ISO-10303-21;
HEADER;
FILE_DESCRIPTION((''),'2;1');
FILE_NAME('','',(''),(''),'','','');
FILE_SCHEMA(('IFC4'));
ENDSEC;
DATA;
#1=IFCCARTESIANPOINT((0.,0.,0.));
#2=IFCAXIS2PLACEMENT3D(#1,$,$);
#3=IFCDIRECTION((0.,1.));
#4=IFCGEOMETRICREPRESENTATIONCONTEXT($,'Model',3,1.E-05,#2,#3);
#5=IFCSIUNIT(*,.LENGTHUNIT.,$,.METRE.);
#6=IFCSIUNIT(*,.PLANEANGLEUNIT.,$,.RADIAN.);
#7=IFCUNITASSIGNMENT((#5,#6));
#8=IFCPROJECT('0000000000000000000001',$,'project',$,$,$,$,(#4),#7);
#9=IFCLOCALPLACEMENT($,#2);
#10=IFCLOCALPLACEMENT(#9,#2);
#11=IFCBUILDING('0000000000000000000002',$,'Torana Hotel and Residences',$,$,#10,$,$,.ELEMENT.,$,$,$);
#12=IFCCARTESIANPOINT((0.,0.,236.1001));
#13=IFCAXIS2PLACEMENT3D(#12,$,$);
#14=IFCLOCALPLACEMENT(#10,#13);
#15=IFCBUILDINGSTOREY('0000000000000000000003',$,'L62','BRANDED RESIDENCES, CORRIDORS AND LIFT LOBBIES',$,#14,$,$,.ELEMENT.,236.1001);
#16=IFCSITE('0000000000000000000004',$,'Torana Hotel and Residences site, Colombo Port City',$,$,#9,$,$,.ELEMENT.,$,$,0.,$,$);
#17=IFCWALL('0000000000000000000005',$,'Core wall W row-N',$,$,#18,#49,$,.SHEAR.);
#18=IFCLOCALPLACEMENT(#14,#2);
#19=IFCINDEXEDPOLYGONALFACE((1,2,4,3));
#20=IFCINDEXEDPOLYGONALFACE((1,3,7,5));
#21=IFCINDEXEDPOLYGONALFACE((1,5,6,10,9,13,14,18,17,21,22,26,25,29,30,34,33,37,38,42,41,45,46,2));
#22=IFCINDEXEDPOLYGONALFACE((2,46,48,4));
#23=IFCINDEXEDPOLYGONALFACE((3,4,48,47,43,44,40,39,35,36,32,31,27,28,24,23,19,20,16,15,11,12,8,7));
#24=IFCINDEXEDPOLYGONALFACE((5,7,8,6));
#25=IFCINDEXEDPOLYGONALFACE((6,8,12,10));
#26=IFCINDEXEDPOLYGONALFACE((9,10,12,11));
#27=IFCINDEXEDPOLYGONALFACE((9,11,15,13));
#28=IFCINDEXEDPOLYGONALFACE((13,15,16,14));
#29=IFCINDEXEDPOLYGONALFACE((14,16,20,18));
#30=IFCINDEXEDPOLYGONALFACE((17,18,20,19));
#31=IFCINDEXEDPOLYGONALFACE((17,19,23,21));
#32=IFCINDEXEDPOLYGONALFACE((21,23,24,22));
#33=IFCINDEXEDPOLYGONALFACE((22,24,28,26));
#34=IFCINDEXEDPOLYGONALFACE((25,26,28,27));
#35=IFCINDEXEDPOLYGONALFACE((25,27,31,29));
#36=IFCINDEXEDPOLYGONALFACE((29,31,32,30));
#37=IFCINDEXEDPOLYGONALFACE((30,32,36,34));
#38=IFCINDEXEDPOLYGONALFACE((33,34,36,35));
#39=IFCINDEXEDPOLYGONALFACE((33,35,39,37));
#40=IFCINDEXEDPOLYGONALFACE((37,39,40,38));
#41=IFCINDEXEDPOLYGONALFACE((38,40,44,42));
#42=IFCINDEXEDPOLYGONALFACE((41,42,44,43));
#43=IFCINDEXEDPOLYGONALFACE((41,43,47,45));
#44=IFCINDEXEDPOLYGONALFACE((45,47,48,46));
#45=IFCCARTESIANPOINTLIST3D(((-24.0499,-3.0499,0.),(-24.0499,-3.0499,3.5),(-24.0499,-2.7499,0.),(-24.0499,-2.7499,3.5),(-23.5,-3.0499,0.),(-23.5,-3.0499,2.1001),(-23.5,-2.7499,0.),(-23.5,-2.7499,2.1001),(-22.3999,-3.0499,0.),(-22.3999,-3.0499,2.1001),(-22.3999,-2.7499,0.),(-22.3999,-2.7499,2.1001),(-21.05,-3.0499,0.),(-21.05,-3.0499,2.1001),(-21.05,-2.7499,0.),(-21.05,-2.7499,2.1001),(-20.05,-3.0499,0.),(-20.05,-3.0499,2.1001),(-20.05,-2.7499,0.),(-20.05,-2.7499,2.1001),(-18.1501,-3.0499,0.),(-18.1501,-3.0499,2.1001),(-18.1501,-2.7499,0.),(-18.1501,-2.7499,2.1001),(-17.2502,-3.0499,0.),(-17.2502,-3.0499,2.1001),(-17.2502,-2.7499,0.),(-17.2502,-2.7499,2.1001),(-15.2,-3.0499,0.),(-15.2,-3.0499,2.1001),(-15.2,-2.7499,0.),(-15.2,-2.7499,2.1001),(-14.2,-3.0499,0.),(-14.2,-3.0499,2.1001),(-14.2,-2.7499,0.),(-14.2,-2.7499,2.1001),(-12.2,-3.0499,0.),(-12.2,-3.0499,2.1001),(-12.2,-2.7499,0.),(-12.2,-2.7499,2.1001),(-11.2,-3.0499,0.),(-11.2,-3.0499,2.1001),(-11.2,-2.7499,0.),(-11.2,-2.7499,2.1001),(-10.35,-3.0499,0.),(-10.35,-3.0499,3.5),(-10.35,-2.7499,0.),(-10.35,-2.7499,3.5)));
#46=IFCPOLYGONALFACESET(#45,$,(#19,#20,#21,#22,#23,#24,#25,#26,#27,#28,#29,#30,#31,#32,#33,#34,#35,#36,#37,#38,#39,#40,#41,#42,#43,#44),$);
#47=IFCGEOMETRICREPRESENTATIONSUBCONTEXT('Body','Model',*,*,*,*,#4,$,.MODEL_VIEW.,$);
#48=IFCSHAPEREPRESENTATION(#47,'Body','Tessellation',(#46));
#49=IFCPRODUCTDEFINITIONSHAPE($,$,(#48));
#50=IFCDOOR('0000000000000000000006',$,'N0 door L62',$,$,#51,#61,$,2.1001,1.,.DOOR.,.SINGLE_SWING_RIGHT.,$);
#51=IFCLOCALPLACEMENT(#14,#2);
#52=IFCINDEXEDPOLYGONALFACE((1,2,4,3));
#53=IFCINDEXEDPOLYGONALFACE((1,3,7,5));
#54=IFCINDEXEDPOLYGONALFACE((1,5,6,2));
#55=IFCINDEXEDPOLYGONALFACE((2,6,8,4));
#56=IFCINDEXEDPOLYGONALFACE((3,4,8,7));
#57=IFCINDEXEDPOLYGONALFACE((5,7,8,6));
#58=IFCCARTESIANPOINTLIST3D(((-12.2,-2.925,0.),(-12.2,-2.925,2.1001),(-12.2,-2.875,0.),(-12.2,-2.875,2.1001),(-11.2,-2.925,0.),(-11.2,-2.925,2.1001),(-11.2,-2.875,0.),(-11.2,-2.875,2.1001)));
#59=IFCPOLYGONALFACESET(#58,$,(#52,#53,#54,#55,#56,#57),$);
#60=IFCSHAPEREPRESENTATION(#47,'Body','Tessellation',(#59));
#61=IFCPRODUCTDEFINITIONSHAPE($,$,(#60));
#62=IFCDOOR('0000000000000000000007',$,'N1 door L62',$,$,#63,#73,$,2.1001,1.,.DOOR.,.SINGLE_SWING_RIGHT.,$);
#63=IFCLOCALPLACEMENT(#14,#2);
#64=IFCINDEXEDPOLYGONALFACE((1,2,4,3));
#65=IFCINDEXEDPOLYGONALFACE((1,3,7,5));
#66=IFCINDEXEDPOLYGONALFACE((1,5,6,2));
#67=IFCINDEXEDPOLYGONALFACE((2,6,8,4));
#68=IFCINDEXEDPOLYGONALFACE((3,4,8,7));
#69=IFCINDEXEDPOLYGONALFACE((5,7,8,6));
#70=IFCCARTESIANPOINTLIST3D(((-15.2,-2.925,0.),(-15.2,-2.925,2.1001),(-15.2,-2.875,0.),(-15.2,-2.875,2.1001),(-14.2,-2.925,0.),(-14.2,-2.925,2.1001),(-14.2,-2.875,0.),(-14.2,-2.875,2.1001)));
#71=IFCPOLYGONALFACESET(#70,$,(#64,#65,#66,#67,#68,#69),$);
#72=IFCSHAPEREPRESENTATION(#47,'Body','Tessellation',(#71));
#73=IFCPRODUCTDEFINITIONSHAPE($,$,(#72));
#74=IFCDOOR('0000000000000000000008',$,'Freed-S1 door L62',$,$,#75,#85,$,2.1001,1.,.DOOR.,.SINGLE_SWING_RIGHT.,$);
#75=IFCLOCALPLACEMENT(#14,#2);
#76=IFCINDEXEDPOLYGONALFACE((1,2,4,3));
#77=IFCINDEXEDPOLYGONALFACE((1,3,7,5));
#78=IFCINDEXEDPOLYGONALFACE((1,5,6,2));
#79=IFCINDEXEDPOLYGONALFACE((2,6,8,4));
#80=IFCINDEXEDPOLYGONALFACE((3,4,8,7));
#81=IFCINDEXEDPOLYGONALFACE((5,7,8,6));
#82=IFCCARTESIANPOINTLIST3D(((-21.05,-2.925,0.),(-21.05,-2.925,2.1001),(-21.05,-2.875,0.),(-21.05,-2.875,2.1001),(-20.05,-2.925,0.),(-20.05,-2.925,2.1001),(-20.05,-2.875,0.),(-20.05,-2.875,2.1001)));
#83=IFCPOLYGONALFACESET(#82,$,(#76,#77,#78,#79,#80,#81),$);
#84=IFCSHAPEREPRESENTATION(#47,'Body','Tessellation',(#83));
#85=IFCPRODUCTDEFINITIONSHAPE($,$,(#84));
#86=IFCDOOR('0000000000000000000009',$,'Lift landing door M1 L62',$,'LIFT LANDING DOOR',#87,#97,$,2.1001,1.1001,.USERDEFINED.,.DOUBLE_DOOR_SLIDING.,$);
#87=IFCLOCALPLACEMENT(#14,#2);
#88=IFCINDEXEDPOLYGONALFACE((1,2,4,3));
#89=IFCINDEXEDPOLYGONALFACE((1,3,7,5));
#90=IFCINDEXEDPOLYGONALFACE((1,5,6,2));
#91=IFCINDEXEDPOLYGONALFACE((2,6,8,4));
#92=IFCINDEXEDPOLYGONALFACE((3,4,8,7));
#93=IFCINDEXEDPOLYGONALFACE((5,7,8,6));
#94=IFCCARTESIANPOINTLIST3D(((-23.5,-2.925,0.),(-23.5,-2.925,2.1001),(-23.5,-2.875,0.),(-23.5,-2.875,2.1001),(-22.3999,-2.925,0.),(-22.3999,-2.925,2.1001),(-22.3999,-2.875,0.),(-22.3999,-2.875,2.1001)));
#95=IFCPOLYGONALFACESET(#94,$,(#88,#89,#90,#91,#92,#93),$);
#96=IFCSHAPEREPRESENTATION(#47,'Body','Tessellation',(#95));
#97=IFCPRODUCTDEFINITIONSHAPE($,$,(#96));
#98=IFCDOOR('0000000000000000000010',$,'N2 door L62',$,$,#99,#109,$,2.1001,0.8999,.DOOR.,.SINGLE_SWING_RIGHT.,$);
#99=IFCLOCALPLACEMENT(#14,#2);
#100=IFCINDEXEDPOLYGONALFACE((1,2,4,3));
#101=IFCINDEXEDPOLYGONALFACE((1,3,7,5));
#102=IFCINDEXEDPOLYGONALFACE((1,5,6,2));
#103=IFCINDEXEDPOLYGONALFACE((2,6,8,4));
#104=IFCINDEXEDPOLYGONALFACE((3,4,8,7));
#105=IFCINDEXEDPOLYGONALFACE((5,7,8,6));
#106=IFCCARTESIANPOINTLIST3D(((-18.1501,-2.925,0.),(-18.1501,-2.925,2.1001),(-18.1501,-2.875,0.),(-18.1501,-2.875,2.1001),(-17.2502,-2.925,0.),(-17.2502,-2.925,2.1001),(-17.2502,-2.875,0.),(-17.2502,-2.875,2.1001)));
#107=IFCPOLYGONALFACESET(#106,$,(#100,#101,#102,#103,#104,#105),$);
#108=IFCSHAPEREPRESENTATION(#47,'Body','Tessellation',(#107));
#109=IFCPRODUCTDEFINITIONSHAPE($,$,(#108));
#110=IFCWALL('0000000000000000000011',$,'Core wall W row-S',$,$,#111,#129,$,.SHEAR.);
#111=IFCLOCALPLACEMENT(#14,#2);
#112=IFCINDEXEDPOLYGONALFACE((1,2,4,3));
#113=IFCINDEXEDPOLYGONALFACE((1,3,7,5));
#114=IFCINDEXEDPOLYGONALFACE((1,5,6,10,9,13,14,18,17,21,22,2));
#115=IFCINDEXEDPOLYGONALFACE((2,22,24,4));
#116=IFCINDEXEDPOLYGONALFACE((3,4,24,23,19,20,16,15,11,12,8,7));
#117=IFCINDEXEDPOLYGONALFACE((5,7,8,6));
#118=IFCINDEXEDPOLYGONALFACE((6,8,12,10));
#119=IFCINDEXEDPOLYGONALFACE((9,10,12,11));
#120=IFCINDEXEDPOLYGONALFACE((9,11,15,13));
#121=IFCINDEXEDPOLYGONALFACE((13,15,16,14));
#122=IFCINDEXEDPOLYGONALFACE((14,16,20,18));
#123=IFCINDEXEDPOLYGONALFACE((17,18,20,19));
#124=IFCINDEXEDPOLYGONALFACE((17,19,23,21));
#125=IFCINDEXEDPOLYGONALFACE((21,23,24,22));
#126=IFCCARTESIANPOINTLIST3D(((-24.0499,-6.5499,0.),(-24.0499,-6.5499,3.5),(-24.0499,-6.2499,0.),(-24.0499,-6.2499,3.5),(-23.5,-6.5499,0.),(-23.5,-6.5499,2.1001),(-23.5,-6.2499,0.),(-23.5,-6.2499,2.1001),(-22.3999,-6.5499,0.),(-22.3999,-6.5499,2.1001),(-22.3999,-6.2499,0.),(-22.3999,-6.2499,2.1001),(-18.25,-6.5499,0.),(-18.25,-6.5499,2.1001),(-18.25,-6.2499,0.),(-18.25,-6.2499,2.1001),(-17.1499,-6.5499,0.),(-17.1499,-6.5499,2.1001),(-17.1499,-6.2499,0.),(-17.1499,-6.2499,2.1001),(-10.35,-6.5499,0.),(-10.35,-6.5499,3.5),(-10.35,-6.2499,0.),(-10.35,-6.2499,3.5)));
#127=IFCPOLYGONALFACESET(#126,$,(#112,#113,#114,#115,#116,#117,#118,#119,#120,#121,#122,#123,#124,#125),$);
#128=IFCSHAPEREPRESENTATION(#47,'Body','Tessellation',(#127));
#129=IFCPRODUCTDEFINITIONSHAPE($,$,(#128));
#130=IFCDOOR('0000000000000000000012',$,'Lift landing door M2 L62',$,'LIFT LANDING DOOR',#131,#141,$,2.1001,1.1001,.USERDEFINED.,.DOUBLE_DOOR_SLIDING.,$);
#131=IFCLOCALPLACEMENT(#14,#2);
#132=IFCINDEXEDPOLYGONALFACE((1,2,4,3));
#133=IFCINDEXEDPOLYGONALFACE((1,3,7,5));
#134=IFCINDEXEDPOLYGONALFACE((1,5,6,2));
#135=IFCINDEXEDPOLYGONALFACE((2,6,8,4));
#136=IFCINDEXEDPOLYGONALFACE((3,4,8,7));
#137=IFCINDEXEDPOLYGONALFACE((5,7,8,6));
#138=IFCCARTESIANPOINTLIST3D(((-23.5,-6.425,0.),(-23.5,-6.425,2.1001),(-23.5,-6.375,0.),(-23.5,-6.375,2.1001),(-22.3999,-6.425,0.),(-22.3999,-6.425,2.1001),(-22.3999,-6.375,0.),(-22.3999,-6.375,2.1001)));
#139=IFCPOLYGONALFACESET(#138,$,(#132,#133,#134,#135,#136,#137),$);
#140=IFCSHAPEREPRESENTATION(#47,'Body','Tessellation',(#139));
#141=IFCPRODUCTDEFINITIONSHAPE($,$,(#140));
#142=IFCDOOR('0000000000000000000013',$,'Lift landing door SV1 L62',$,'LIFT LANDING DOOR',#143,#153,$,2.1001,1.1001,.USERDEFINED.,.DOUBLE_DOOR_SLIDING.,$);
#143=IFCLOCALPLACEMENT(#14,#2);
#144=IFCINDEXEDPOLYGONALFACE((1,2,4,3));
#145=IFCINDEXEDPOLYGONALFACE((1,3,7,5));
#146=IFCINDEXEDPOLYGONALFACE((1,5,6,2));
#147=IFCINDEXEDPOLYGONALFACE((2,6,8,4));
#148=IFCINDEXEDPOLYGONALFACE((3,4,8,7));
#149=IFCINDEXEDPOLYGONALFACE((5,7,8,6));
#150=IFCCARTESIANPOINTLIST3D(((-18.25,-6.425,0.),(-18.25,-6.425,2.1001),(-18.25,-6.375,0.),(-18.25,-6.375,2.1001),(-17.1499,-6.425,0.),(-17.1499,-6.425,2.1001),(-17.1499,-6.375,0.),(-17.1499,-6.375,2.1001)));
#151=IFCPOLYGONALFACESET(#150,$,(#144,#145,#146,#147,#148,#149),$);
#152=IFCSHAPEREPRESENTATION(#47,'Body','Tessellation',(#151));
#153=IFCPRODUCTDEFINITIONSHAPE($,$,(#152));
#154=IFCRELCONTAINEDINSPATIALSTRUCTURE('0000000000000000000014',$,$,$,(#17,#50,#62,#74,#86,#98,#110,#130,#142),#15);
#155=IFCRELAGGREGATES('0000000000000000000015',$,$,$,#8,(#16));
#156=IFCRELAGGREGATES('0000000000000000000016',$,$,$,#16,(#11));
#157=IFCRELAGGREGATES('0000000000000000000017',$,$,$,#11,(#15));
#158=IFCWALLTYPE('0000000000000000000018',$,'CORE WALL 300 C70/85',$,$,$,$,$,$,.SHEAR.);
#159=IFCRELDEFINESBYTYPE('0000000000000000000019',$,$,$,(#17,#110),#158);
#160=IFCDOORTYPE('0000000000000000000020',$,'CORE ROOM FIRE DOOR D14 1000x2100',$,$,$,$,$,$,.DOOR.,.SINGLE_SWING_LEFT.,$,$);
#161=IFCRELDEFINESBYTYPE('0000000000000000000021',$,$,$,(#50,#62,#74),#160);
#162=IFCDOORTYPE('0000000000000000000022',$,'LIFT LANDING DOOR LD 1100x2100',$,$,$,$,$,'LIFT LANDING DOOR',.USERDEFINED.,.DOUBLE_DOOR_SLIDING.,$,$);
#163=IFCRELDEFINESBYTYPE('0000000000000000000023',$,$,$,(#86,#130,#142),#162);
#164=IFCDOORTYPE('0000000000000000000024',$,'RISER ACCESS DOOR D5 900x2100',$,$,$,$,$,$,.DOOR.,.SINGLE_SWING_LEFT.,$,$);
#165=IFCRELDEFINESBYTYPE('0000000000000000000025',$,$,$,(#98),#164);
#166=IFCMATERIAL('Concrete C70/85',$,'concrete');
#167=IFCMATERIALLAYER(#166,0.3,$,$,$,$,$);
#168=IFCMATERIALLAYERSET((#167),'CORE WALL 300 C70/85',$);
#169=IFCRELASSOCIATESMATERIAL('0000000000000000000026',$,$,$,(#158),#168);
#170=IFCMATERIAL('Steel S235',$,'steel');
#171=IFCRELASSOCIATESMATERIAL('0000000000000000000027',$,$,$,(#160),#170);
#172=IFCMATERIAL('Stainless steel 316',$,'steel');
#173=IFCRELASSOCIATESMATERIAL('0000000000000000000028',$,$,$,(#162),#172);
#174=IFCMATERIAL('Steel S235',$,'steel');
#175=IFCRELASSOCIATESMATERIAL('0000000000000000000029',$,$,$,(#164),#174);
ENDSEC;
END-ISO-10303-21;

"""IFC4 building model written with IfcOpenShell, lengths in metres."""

from ifc_helpers import new_model, si_unit, direction, frame, frame_2d, origin, place, context, subcontext, project, spatial, rectangle, extrude, material, layer, layer_set, type_object, element, fill, save


model = new_model("IFC4")

# Units and contexts
model_context = context("Model", 3, precision=1e-05, world=origin(), true_north=direction((0.0, 1.0)))
body_context = subcontext(model_context, "Body", "Model", "MODEL_VIEW")
ifc_project = project(units=[si_unit("LENGTHUNIT", "METRE"), si_unit("PLANEANGLEUNIT", "RADIAN")], contexts=[model_context])

# Site, building, storey
site_placement = place(None, origin())
site = spatial("IfcSite", under=ifc_project, at=site_placement, Name="Torana Hotel and Residences site, Colombo Port City", CompositionType="ELEMENT", RefElevation=0.0)
building_placement = place(site_placement, origin())
building = spatial("IfcBuilding", under=site, at=building_placement, Name="Torana Hotel and Residences", CompositionType="ELEMENT")
storey_placement = place(building_placement, frame((0.0, 0.0, 236.1001)))
storey = spatial("IfcBuildingStorey", under=building, at=storey_placement, Name="L62", Description="BRANDED RESIDENCES, CORRIDORS AND LIFT LOBBIES", CompositionType="ELEMENT", Elevation=236.1001)

# Walls, openings, doors
ifc_material_1 = material(Name="Concrete C70/85", Category="concrete")
ifc_layer_1 = layer(ifc_material_1, 0.3)
ifc_layer_set_1 = layer_set([ifc_layer_1], Name="CORE WALL 300 C70/85")
wall_type_1 = type_object("IfcWallType", Name="CORE WALL 300 C70/85", PredefinedType="SHEAR", material=ifc_layer_set_1)
wall_1_placement = place(storey_placement, frame((-24.05, -2.8999, 0.0), z_axis=(0.0, 0.0, 1.0), x_axis=(1.0, 0.0, 0.0)))
wall_1 = element("IfcWall", 1, at=wall_1_placement, inside=storey, type_object=wall_type_1, Name="Core wall W row-N", PredefinedType="SHEAR", context=body_context, shape_type="SweptSolid", body=[
    extrude(rectangle(XDim=13.7, YDim=0.3, at=frame_2d((6.8501, 0.0))), origin(), (0.0, 0.0, 1.0), 3.5),
])
opening_1_placement = place(wall_1_placement, frame((0.55, 0.0, 0.0)))
opening_1 = element("IfcOpeningElement", 2, at=opening_1_placement, cuts=wall_1, PredefinedType="OPENING", context=body_context, shape_type="SweptSolid", body=[
    extrude(rectangle(XDim=1.1001, YDim=2.1001, at=frame_2d((0.55, 1.05))), frame((0.0, 0.1599, 0.0), z_axis=(0.0, -1.0, 0.0), x_axis=(1.0, 0.0, 0.0)), (0.0, 0.0, 1.0), 0.3201),
])
opening_2_placement = place(wall_1_placement, frame((5.8999, 0.0, 0.0)))
opening_2 = element("IfcOpeningElement", 3, at=opening_2_placement, cuts=wall_1, PredefinedType="OPENING", context=body_context, shape_type="SweptSolid", body=[
    extrude(rectangle(XDim=0.8999, YDim=2.1001, at=frame_2d((0.45, 1.05))), frame((0.0, 0.1599, 0.0), z_axis=(0.0, -1.0, 0.0), x_axis=(1.0, 0.0, 0.0)), (0.0, 0.0, 1.0), 0.3201),
])
opening_3_placement = place(wall_1_placement, frame((11.8501, 0.0, 0.0)))
opening_3 = element("IfcOpeningElement", 4, at=opening_3_placement, cuts=wall_1, PredefinedType="OPENING", context=body_context, shape_type="SweptSolid", body=[
    extrude(rectangle(XDim=1.0, YDim=2.1001, at=frame_2d((0.5, 1.05))), frame((0.0, 0.1599, 0.0), z_axis=(0.0, -1.0, 0.0), x_axis=(1.0, 0.0, 0.0)), (0.0, 0.0, 1.0), 0.3201),
])
opening_4_placement = place(wall_1_placement, frame((8.8501, 0.0, 0.0)))
opening_4 = element("IfcOpeningElement", 5, at=opening_4_placement, cuts=wall_1, PredefinedType="OPENING", context=body_context, shape_type="SweptSolid", body=[
    extrude(rectangle(XDim=1.0, YDim=2.1001, at=frame_2d((0.5, 1.05))), frame((0.0, 0.1599, 0.0), z_axis=(0.0, -1.0, 0.0), x_axis=(1.0, 0.0, 0.0)), (0.0, 0.0, 1.0), 0.3201),
])
opening_5_placement = place(wall_1_placement, frame((3.0, 0.0, 0.0)))
opening_5 = element("IfcOpeningElement", 6, at=opening_5_placement, cuts=wall_1, PredefinedType="OPENING", context=body_context, shape_type="SweptSolid", body=[
    extrude(rectangle(XDim=1.0, YDim=2.1001, at=frame_2d((0.5, 1.05))), frame((0.0, 0.1599, 0.0), z_axis=(0.0, -1.0, 0.0), x_axis=(1.0, 0.0, 0.0)), (0.0, 0.0, 1.0), 0.3201),
])
ifc_material_2 = material(Name="Steel S235", Category="steel")
door_type_1 = type_object("IfcDoorType", Name="CORE ROOM FIRE DOOR D14 1000x2100", OperationType="SINGLE_SWING_LEFT", PredefinedType="DOOR", material=ifc_material_2)
door_1_placement = place(opening_3_placement, origin())
door_1 = element("IfcDoor", 7, at=door_1_placement, inside=storey, type_object=door_type_1, Name="N0 door L62", OperationType="SINGLE_SWING_RIGHT", OverallHeight=2.1001, OverallWidth=1.0, PredefinedType="DOOR", context=body_context, shape_type="SweptSolid", body=[
    extrude(rectangle(XDim=1.0, YDim=2.1001, at=frame_2d((0.5, 1.05))), frame((0.0, 0.0249, 0.0), z_axis=(0.0, -1.0, 0.0), x_axis=(1.0, 0.0, 0.0)), (0.0, 0.0, 1.0), 0.05),
])
fill(opening_3, door_1)
door_2_placement = place(opening_4_placement, origin())
door_2 = element("IfcDoor", 8, at=door_2_placement, inside=storey, type_object=door_type_1, Name="N1 door L62", OperationType="SINGLE_SWING_RIGHT", OverallHeight=2.1001, OverallWidth=1.0, PredefinedType="DOOR", context=body_context, shape_type="SweptSolid", body=[
    extrude(rectangle(XDim=1.0, YDim=2.1001, at=frame_2d((0.5, 1.05))), frame((0.0, 0.0249, 0.0), z_axis=(0.0, -1.0, 0.0), x_axis=(1.0, 0.0, 0.0)), (0.0, 0.0, 1.0), 0.05),
])
fill(opening_4, door_2)
door_3_placement = place(opening_5_placement, origin())
door_3 = element("IfcDoor", 9, at=door_3_placement, inside=storey, type_object=door_type_1, Name="Freed-S1 door L62", OperationType="SINGLE_SWING_RIGHT", OverallHeight=2.1001, OverallWidth=1.0, PredefinedType="DOOR", context=body_context, shape_type="SweptSolid", body=[
    extrude(rectangle(XDim=1.0, YDim=2.1001, at=frame_2d((0.5, 1.05))), frame((0.0, 0.0249, 0.0), z_axis=(0.0, -1.0, 0.0), x_axis=(1.0, 0.0, 0.0)), (0.0, 0.0, 1.0), 0.05),
])
fill(opening_5, door_3)
ifc_material_3 = material(Name="Stainless steel 316", Category="steel")
door_type_2 = type_object("IfcDoorType", Name="LIFT LANDING DOOR LD 1100x2100", ElementType="LIFT LANDING DOOR", OperationType="DOUBLE_DOOR_SLIDING", PredefinedType="USERDEFINED", material=ifc_material_3)
door_4_placement = place(opening_1_placement, origin())
door_4 = element("IfcDoor", 10, at=door_4_placement, inside=storey, type_object=door_type_2, Name="Lift landing door M1 L62", ObjectType="LIFT LANDING DOOR", OperationType="DOUBLE_DOOR_SLIDING", OverallHeight=2.1001, OverallWidth=1.1001, PredefinedType="USERDEFINED", context=body_context, shape_type="SweptSolid", body=[
    extrude(rectangle(XDim=1.1001, YDim=2.1001, at=frame_2d((0.55, 1.05))), frame((0.0, 0.0249, 0.0), z_axis=(0.0, -1.0, 0.0), x_axis=(1.0, 0.0, 0.0)), (0.0, 0.0, 1.0), 0.05),
])
fill(opening_1, door_4)
ifc_material_4 = material(Name="Steel S235", Category="steel")
door_type_3 = type_object("IfcDoorType", Name="RISER ACCESS DOOR D5 900x2100", OperationType="SINGLE_SWING_LEFT", PredefinedType="DOOR", material=ifc_material_4)
door_5_placement = place(opening_2_placement, origin())
door_5 = element("IfcDoor", 11, at=door_5_placement, inside=storey, type_object=door_type_3, Name="N2 door L62", OperationType="SINGLE_SWING_RIGHT", OverallHeight=2.1001, OverallWidth=0.8999, PredefinedType="DOOR", context=body_context, shape_type="SweptSolid", body=[
    extrude(rectangle(XDim=0.8999, YDim=2.1001, at=frame_2d((0.45, 1.05))), frame((0.0, 0.0249, 0.0), z_axis=(0.0, -1.0, 0.0), x_axis=(1.0, 0.0, 0.0)), (0.0, 0.0, 1.0), 0.05),
])
fill(opening_2, door_5)
wall_2_placement = place(storey_placement, frame((-24.05, -6.3999, 0.0), z_axis=(0.0, 0.0, 1.0), x_axis=(1.0, 0.0, 0.0)))
wall_2 = element("IfcWall", 12, at=wall_2_placement, inside=storey, type_object=wall_type_1, Name="Core wall W row-S", PredefinedType="SHEAR", context=body_context, shape_type="SweptSolid", body=[
    extrude(rectangle(XDim=13.7, YDim=0.3, at=frame_2d((6.8501, 0.0))), origin(), (0.0, 0.0, 1.0), 3.5),
])
opening_6_placement = place(wall_2_placement, frame((0.55, 0.0, 0.0)))
opening_6 = element("IfcOpeningElement", 13, at=opening_6_placement, cuts=wall_2, PredefinedType="OPENING", context=body_context, shape_type="SweptSolid", body=[
    extrude(rectangle(XDim=1.1001, YDim=2.1001, at=frame_2d((0.55, 1.05))), frame((0.0, 0.1599, 0.0), z_axis=(0.0, -1.0, 0.0), x_axis=(1.0, 0.0, 0.0)), (0.0, 0.0, 1.0), 0.3201),
])
opening_7_placement = place(wall_2_placement, frame((5.8, 0.0, 0.0)))
opening_7 = element("IfcOpeningElement", 14, at=opening_7_placement, cuts=wall_2, PredefinedType="OPENING", context=body_context, shape_type="SweptSolid", body=[
    extrude(rectangle(XDim=1.1001, YDim=2.1001, at=frame_2d((0.55, 1.05))), frame((0.0, 0.1599, 0.0), z_axis=(0.0, -1.0, 0.0), x_axis=(1.0, 0.0, 0.0)), (0.0, 0.0, 1.0), 0.3201),
])
door_6_placement = place(opening_6_placement, origin())
door_6 = element("IfcDoor", 15, at=door_6_placement, inside=storey, type_object=door_type_2, Name="Lift landing door M2 L62", ObjectType="LIFT LANDING DOOR", OperationType="DOUBLE_DOOR_SLIDING", OverallHeight=2.1001, OverallWidth=1.1001, PredefinedType="USERDEFINED", context=body_context, shape_type="SweptSolid", body=[
    extrude(rectangle(XDim=1.1001, YDim=2.1001, at=frame_2d((0.55, 1.05))), frame((0.0, 0.0249, 0.0), z_axis=(0.0, -1.0, 0.0), x_axis=(1.0, 0.0, 0.0)), (0.0, 0.0, 1.0), 0.05),
])
fill(opening_6, door_6)
door_7_placement = place(opening_7_placement, origin())
door_7 = element("IfcDoor", 16, at=door_7_placement, inside=storey, type_object=door_type_2, Name="Lift landing door SV1 L62", ObjectType="LIFT LANDING DOOR", OperationType="DOUBLE_DOOR_SLIDING", OverallHeight=2.1001, OverallWidth=1.1001, PredefinedType="USERDEFINED", context=body_context, shape_type="SweptSolid", body=[
    extrude(rectangle(XDim=1.1001, YDim=2.1001, at=frame_2d((0.55, 1.05))), frame((0.0, 0.0249, 0.0), z_axis=(0.0, -1.0, 0.0), x_axis=(1.0, 0.0, 0.0)), (0.0, 0.0, 1.0), 0.05),
])
fill(opening_7, door_7)

save(model, "model.ifc")
